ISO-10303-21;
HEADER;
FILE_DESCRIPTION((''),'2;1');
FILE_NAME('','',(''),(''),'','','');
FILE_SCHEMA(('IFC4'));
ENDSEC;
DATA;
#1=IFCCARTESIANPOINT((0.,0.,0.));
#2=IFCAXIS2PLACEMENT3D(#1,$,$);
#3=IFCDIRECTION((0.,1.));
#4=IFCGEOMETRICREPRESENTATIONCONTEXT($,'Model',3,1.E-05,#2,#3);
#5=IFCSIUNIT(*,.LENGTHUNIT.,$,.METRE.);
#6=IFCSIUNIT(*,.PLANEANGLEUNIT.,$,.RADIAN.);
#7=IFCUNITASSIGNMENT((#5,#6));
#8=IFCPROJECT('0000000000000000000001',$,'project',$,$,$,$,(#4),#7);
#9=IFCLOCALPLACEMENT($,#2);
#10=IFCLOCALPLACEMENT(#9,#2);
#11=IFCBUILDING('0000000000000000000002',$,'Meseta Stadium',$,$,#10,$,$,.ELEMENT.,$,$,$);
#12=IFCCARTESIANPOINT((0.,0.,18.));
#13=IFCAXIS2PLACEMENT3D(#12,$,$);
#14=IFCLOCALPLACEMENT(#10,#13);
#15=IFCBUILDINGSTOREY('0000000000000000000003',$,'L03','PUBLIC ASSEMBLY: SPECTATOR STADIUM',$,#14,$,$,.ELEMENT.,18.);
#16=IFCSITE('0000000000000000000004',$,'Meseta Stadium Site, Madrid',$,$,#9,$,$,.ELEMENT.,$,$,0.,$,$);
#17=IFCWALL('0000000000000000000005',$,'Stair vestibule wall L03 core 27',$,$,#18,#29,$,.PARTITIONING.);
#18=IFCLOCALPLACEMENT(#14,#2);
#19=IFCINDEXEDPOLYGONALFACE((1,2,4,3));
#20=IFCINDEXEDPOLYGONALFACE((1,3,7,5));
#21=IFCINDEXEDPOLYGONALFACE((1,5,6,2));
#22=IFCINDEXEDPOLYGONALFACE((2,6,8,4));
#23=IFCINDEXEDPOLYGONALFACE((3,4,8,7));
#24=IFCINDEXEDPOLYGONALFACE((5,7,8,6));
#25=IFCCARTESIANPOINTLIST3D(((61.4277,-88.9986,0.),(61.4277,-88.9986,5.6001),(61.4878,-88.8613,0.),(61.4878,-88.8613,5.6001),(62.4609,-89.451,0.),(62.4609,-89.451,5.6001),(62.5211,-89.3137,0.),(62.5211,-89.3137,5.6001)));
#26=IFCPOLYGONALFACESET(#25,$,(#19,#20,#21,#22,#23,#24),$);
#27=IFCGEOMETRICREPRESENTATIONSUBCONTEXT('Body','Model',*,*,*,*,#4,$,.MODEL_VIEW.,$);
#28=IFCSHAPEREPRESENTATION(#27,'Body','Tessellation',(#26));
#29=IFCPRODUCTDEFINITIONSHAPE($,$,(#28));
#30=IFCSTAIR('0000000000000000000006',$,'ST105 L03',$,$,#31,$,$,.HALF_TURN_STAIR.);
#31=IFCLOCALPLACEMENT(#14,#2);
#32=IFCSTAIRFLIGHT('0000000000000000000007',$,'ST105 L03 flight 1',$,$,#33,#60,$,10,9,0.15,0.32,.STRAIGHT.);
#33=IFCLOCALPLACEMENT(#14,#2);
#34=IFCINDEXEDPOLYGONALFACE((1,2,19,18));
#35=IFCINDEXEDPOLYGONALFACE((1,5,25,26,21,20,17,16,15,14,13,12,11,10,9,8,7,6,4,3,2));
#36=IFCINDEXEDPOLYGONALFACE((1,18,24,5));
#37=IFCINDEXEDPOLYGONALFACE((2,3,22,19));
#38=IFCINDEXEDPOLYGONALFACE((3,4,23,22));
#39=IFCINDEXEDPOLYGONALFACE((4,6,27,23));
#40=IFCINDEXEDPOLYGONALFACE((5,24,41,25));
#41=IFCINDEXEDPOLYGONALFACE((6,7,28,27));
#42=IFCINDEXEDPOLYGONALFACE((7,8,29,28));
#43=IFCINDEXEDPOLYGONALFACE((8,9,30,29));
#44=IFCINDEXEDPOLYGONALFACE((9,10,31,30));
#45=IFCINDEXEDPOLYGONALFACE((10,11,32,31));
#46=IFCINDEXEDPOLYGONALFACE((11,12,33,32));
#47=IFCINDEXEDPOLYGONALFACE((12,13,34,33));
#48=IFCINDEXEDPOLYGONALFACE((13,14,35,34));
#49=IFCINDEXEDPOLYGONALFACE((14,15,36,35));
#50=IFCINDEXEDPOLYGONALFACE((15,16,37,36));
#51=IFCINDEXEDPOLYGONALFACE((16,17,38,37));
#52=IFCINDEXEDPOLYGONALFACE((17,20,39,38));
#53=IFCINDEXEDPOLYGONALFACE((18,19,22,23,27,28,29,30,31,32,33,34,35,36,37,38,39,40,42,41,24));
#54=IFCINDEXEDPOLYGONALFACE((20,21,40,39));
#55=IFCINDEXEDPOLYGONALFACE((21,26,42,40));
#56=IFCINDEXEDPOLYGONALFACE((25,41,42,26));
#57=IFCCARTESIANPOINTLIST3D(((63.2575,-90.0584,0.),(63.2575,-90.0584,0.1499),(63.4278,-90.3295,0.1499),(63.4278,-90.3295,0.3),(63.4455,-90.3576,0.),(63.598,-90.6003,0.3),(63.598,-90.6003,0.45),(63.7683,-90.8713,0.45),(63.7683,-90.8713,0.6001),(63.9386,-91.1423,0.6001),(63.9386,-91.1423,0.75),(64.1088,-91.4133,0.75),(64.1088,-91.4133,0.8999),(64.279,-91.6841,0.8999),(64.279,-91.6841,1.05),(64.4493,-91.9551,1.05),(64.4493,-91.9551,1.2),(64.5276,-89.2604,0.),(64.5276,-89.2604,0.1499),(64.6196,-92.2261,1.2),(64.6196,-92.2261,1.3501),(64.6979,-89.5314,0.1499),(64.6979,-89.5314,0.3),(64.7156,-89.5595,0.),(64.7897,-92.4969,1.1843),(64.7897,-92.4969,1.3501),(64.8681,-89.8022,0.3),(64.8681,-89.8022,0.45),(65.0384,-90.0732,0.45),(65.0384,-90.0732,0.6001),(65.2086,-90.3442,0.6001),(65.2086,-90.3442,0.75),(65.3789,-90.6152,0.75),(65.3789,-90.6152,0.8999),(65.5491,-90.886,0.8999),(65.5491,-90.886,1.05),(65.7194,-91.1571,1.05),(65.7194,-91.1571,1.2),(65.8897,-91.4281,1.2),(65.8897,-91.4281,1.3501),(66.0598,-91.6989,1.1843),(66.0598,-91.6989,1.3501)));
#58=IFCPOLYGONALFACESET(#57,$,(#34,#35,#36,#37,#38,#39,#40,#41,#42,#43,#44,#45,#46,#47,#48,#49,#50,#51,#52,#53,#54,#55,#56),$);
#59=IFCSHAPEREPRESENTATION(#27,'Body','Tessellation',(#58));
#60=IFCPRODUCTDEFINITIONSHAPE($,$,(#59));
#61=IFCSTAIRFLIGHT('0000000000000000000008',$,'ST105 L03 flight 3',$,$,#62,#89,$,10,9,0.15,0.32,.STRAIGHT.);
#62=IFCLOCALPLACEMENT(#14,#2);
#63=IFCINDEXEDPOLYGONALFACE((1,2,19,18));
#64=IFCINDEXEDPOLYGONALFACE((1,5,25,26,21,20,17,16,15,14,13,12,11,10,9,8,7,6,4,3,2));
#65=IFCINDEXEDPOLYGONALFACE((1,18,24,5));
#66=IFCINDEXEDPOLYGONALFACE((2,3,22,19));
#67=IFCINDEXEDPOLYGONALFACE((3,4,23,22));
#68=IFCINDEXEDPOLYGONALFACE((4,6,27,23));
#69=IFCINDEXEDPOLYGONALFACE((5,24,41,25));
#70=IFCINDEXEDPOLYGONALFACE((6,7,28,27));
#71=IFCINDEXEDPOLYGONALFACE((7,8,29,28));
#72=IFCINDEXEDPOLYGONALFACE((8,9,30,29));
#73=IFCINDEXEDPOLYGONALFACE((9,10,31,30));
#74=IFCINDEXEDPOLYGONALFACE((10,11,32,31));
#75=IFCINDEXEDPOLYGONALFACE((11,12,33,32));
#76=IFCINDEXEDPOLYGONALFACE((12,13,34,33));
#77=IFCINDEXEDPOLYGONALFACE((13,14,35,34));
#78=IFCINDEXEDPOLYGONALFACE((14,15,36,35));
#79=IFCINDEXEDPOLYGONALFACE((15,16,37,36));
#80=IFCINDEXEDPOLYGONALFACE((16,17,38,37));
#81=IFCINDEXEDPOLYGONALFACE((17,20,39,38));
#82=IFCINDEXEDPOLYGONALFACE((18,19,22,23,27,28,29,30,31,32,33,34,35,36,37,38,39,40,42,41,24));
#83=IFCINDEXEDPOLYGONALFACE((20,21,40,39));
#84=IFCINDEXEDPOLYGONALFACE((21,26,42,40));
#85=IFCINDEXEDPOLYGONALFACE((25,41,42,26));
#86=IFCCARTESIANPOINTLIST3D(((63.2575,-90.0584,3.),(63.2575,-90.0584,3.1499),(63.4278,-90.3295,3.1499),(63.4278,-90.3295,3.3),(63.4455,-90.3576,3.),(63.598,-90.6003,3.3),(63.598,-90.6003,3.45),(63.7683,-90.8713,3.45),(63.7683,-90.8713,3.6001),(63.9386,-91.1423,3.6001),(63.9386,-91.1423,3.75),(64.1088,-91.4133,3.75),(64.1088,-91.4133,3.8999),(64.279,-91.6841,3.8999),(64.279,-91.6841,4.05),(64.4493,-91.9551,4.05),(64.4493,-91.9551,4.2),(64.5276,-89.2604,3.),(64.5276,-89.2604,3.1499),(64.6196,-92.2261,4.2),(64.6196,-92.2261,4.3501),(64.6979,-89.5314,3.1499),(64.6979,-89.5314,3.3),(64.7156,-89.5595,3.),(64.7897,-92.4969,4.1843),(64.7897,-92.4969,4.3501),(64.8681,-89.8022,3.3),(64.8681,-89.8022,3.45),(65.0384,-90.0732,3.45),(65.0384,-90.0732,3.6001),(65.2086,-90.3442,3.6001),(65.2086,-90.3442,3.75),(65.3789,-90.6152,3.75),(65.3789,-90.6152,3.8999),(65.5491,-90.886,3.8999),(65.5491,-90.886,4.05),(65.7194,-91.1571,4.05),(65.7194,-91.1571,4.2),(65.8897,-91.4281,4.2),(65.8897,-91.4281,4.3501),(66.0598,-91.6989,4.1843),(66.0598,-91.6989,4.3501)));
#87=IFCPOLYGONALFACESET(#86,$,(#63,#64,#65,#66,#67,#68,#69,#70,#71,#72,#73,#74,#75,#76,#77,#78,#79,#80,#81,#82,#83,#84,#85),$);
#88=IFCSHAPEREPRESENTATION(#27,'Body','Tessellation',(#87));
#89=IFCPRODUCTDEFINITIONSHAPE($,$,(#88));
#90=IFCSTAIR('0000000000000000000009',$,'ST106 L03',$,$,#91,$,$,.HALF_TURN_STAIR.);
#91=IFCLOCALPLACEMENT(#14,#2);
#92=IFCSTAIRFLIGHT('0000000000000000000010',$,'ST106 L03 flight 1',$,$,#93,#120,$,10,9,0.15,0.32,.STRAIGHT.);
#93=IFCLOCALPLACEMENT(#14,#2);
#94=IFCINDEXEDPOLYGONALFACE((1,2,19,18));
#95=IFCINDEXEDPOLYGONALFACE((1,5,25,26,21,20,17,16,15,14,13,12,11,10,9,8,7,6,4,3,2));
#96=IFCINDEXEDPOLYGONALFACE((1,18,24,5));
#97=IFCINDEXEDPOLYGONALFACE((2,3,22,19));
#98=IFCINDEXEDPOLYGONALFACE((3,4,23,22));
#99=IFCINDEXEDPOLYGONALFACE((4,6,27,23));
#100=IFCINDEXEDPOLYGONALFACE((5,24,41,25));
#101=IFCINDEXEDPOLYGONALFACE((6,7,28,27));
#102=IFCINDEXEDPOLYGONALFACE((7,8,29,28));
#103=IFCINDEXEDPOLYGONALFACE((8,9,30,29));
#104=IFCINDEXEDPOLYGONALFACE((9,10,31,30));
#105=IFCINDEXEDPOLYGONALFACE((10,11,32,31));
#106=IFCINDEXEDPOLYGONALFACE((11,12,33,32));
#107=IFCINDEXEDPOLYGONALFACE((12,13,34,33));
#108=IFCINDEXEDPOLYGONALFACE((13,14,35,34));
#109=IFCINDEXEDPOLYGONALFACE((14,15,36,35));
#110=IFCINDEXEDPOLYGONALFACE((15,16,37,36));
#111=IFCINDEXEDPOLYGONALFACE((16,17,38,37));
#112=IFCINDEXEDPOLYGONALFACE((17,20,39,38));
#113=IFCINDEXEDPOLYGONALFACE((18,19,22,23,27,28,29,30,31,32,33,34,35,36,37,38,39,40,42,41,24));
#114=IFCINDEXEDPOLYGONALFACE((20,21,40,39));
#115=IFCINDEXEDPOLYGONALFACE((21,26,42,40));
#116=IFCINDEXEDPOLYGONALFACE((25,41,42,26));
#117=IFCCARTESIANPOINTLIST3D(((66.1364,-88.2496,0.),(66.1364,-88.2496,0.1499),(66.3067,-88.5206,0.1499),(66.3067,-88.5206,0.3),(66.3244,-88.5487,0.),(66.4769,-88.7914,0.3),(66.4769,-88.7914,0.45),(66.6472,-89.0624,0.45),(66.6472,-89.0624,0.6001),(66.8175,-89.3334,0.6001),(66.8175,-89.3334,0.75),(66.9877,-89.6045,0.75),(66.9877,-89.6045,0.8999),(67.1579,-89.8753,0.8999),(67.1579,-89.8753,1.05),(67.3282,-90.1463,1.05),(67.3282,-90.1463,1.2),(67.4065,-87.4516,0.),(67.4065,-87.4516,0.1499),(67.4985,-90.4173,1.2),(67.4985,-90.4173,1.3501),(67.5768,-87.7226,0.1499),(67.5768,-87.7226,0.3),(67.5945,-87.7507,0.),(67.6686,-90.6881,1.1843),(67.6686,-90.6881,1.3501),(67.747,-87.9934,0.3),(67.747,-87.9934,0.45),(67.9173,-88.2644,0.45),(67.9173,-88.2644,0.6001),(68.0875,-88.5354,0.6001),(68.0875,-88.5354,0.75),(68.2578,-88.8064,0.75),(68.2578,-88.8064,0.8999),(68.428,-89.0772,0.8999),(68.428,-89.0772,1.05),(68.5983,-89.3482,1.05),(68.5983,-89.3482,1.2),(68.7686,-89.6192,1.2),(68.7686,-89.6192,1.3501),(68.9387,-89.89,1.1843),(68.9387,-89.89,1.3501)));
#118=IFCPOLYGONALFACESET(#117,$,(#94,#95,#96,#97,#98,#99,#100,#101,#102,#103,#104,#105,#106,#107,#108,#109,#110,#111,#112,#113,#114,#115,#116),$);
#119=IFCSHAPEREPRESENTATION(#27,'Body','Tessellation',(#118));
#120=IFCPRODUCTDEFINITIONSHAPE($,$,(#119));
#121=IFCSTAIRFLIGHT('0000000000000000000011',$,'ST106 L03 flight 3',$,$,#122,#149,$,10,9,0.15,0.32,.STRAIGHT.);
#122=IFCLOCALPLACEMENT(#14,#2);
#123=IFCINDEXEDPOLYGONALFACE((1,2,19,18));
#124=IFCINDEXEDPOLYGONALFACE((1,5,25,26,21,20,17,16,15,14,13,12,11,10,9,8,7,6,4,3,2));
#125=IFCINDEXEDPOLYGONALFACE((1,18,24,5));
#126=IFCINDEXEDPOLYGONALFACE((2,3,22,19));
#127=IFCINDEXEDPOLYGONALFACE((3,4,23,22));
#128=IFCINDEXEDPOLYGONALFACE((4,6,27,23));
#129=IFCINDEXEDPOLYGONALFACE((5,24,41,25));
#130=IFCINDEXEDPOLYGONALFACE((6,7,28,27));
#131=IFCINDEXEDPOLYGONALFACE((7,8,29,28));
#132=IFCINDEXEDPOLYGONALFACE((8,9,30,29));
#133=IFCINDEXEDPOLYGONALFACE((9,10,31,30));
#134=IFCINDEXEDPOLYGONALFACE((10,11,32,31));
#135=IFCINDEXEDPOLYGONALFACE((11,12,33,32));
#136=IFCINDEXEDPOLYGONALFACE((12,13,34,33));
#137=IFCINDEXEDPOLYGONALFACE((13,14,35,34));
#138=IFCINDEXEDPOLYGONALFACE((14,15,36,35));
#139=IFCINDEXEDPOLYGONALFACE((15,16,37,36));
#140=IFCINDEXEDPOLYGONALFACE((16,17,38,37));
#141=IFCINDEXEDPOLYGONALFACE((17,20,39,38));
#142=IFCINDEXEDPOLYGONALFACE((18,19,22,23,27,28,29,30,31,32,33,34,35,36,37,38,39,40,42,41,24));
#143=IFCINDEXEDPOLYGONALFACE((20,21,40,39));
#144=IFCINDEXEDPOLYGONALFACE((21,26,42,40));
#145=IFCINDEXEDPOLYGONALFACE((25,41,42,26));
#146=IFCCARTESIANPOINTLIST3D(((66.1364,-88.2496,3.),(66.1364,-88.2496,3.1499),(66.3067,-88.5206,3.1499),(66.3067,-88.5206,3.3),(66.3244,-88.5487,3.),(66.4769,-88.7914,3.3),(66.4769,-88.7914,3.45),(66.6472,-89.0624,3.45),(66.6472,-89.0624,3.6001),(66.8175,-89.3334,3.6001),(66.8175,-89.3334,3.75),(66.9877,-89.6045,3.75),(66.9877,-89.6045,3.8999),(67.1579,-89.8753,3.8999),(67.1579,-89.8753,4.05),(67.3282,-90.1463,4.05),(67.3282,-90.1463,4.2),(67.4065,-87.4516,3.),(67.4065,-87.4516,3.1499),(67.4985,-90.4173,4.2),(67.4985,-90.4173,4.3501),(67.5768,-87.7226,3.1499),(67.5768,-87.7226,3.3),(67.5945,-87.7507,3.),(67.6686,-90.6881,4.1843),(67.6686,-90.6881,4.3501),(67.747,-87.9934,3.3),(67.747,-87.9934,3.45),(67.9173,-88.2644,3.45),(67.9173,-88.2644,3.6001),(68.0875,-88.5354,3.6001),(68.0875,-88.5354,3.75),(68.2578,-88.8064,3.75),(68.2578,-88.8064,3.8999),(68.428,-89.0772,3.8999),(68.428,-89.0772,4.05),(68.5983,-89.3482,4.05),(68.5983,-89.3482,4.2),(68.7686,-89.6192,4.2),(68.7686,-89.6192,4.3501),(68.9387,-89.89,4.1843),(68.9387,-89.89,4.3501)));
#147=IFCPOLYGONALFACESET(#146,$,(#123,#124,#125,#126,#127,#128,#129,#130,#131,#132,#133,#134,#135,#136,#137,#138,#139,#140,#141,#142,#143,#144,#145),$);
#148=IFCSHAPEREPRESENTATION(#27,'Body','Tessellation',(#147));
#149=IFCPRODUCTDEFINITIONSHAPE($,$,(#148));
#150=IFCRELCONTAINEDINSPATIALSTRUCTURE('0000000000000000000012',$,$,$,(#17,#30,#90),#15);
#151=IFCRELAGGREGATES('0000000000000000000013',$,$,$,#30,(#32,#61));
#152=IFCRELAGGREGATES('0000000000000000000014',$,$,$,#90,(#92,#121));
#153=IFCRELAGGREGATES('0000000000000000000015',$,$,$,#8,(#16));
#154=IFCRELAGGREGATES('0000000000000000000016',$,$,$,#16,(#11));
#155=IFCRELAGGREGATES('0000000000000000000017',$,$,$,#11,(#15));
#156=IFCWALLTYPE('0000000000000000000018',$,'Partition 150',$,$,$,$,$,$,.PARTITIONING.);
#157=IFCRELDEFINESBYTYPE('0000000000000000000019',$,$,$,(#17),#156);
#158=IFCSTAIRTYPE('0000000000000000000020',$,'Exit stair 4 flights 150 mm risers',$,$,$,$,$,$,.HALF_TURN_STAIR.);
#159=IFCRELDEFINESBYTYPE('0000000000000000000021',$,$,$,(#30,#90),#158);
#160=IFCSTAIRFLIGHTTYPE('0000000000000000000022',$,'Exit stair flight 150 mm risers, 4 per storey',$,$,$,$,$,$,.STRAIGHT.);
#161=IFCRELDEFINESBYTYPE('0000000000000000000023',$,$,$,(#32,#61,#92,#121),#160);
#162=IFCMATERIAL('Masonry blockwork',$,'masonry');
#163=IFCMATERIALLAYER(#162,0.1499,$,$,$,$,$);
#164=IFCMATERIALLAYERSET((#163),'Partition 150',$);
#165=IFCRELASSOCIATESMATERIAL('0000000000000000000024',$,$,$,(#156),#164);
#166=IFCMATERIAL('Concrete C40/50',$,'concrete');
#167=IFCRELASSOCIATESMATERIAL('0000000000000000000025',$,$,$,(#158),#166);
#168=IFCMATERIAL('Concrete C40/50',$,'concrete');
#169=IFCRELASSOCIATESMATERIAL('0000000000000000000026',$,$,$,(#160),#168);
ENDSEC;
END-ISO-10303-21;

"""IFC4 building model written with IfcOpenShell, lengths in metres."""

from ifc_helpers import new_model, si_unit, direction, frame, frame_2d, origin, place, context, subcontext, project, spatial, polyline, rectangle, outline, extrude, material, layer, layer_set, type_object, element, aggregate, save


model = new_model("IFC4")

# Units and contexts
model_context = context("Model", 3, precision=1e-05, world=origin(), true_north=direction((0.0, 1.0)))
body_context = subcontext(model_context, "Body", "Model", "MODEL_VIEW")
ifc_project = project(units=[si_unit("LENGTHUNIT", "METRE"), si_unit("PLANEANGLEUNIT", "RADIAN")], contexts=[model_context])

# Site, building, storey
site_placement = place(None, origin())
site = spatial("IfcSite", under=ifc_project, at=site_placement, Name="Meseta Stadium Site, Madrid", CompositionType="ELEMENT", RefElevation=0.0)
building_placement = place(site_placement, origin())
building = spatial("IfcBuilding", under=site, at=building_placement, Name="Meseta Stadium", CompositionType="ELEMENT")
storey_placement = place(building_placement, frame((0.0, 0.0, 18.0)))
storey = spatial("IfcBuildingStorey", under=building, at=storey_placement, Name="L03", Description="PUBLIC ASSEMBLY: SPECTATOR STADIUM", CompositionType="ELEMENT", Elevation=18.0)

# Wall
ifc_material_1 = material(Name="Masonry blockwork", Category="masonry")
ifc_layer_1 = layer(ifc_material_1, 0.1499)
ifc_layer_set_1 = layer_set([ifc_layer_1], Name="Partition 150")
wall_type_1 = type_object("IfcWallType", Name="Partition 150", PredefinedType="PARTITIONING", material=ifc_layer_set_1)
wall_1_placement = place(storey_placement, frame((61.4578, -88.9299, 0.0), z_axis=(0.0, 0.0, 1.0), x_axis=(0.916038, -0.401091, 0.0)))
element("IfcWall", 1, at=wall_1_placement, inside=storey, type_object=wall_type_1, Name="Stair vestibule wall L03 core 27", PredefinedType="PARTITIONING", context=body_context, shape_type="SweptSolid", body=[
    extrude(rectangle(XDim=1.1279, YDim=0.1499, at=frame_2d((0.564, 0.0))), origin(), (0.0, 0.0, 1.0), 5.6001),
])

# Stairs, stair flights
ifc_material_2 = material(Name="Concrete C40/50", Category="concrete")
stair_type = type_object("IfcStairType", Name="Exit stair 4 flights 150 mm risers", PredefinedType="HALF_TURN_STAIR", material=ifc_material_2)
stair_1_placement = place(storey_placement, origin())
stair_1 = element("IfcStair", 2, at=stair_1_placement, inside=storey, type_object=stair_type, Name="ST105 L03", PredefinedType="HALF_TURN_STAIR")
ifc_material_3 = material(Name="Concrete C40/50", Category="concrete")
stair_flight_type = type_object("IfcStairFlightType", Name="Exit stair flight 150 mm risers, 4 per storey", PredefinedType="STRAIGHT", material=ifc_material_3)
stair_flight_1_placement = place(storey_placement, frame((63.8926, -89.6594, 0.0), z_axis=(0.0, 0.0, 1.0), x_axis=(0.532032, -0.846724, 0.0)))
stair_flight_1 = element("IfcStairFlight", 3, at=stair_flight_1_placement, type_object=stair_flight_type, Name="ST105 L03 flight 1", NumberOfRisers=10, NumberOfTreads=9, PredefinedType="STRAIGHT", RiserHeight=0.15, TreadLength=0.32, context=body_context, shape_type="SweptSolid", body=[
    extrude(outline(polyline([(0.0, 0.0), (0.0, 0.1499), (0.3201, 0.1499), (0.3201, 0.3), (0.6399, 0.3), (0.6399, 0.45), (0.96, 0.45), (0.96, 0.6001), (1.28, 0.6001), (1.28, 0.75), (1.6001, 0.75), (1.6001, 0.8999), (1.9199, 0.8999), (1.9199, 1.05), (2.24, 1.05), (2.24, 1.2), (2.5601, 1.2), (2.5601, 1.3501), (2.8799, 1.3501), (2.8799, 1.1843), (0.3533, 0.0), (0.0, 0.0)])), frame((0.0, 0.75, 0.0), z_axis=(0.0, -1.0, 0.0), x_axis=(1.0, 0.0, 0.0)), (0.0, 0.0, 1.0), 1.5),
])
stair_flight_2_placement = place(storey_placement, frame((63.8926, -89.6594, 3.0), z_axis=(0.0, 0.0, 1.0), x_axis=(0.532032, -0.846724, 0.0)))
stair_flight_2 = element("IfcStairFlight", 4, at=stair_flight_2_placement, type_object=stair_flight_type, Name="ST105 L03 flight 3", NumberOfRisers=10, NumberOfTreads=9, PredefinedType="STRAIGHT", RiserHeight=0.15, TreadLength=0.32, context=body_context, shape_type="SweptSolid", body=[
    extrude(outline(polyline([(0.0, 0.0), (0.0, 0.1499), (0.3201, 0.1499), (0.3201, 0.3), (0.6399, 0.3), (0.6399, 0.45), (0.96, 0.45), (0.96, 0.6001), (1.28, 0.6001), (1.28, 0.75), (1.6001, 0.75), (1.6001, 0.8999), (1.9199, 0.8999), (1.9199, 1.05), (2.24, 1.05), (2.24, 1.2), (2.5601, 1.2), (2.5601, 1.3501), (2.8799, 1.3501), (2.8799, 1.1843), (0.3533, 0.0), (0.0, 0.0)])), frame((0.0, 0.75, 0.0), z_axis=(0.0, -1.0, 0.0), x_axis=(1.0, 0.0, 0.0)), (0.0, 0.0, 1.0), 1.5),
])
aggregate(stair_1, [stair_flight_1, stair_flight_2])
stair_2_placement = place(storey_placement, origin())
stair_2 = element("IfcStair", 5, at=stair_2_placement, inside=storey, type_object=stair_type, Name="ST106 L03", PredefinedType="HALF_TURN_STAIR")
stair_flight_3_placement = place(storey_placement, frame((66.7715, -87.8506, 0.0), z_axis=(0.0, 0.0, 1.0), x_axis=(0.532032, -0.846724, 0.0)))
stair_flight_3 = element("IfcStairFlight", 6, at=stair_flight_3_placement, type_object=stair_flight_type, Name="ST106 L03 flight 1", NumberOfRisers=10, NumberOfTreads=9, PredefinedType="STRAIGHT", RiserHeight=0.15, TreadLength=0.32, context=body_context, shape_type="SweptSolid", body=[
    extrude(outline(polyline([(0.0, 0.0), (0.0, 0.1499), (0.3201, 0.1499), (0.3201, 0.3), (0.6399, 0.3), (0.6399, 0.45), (0.96, 0.45), (0.96, 0.6001), (1.28, 0.6001), (1.28, 0.75), (1.6001, 0.75), (1.6001, 0.8999), (1.9199, 0.8999), (1.9199, 1.05), (2.24, 1.05), (2.24, 1.2), (2.5601, 1.2), (2.5601, 1.3501), (2.8799, 1.3501), (2.8799, 1.1843), (0.3533, 0.0), (0.0, 0.0)])), frame((0.0, 0.75, 0.0), z_axis=(0.0, -1.0, 0.0), x_axis=(1.0, 0.0, 0.0)), (0.0, 0.0, 1.0), 1.5),
])
stair_flight_4_placement = place(storey_placement, frame((66.7715, -87.8506, 3.0), z_axis=(0.0, 0.0, 1.0), x_axis=(0.532032, -0.846724, 0.0)))
stair_flight_4 = element("IfcStairFlight", 7, at=stair_flight_4_placement, type_object=stair_flight_type, Name="ST106 L03 flight 3", NumberOfRisers=10, NumberOfTreads=9, PredefinedType="STRAIGHT", RiserHeight=0.15, TreadLength=0.32, context=body_context, shape_type="SweptSolid", body=[
    extrude(outline(polyline([(0.0, 0.0), (0.0, 0.1499), (0.3201, 0.1499), (0.3201, 0.3), (0.6399, 0.3), (0.6399, 0.45), (0.96, 0.45), (0.96, 0.6001), (1.28, 0.6001), (1.28, 0.75), (1.6001, 0.75), (1.6001, 0.8999), (1.9199, 0.8999), (1.9199, 1.05), (2.24, 1.05), (2.24, 1.2), (2.5601, 1.2), (2.5601, 1.3501), (2.8799, 1.3501), (2.8799, 1.1843), (0.3533, 0.0), (0.0, 0.0)])), frame((0.0, 0.75, 0.0), z_axis=(0.0, -1.0, 0.0), x_axis=(1.0, 0.0, 0.0)), (0.0, 0.0, 1.0), 1.5),
])
aggregate(stair_2, [stair_flight_3, stair_flight_4])

save(model, "model.ifc")
